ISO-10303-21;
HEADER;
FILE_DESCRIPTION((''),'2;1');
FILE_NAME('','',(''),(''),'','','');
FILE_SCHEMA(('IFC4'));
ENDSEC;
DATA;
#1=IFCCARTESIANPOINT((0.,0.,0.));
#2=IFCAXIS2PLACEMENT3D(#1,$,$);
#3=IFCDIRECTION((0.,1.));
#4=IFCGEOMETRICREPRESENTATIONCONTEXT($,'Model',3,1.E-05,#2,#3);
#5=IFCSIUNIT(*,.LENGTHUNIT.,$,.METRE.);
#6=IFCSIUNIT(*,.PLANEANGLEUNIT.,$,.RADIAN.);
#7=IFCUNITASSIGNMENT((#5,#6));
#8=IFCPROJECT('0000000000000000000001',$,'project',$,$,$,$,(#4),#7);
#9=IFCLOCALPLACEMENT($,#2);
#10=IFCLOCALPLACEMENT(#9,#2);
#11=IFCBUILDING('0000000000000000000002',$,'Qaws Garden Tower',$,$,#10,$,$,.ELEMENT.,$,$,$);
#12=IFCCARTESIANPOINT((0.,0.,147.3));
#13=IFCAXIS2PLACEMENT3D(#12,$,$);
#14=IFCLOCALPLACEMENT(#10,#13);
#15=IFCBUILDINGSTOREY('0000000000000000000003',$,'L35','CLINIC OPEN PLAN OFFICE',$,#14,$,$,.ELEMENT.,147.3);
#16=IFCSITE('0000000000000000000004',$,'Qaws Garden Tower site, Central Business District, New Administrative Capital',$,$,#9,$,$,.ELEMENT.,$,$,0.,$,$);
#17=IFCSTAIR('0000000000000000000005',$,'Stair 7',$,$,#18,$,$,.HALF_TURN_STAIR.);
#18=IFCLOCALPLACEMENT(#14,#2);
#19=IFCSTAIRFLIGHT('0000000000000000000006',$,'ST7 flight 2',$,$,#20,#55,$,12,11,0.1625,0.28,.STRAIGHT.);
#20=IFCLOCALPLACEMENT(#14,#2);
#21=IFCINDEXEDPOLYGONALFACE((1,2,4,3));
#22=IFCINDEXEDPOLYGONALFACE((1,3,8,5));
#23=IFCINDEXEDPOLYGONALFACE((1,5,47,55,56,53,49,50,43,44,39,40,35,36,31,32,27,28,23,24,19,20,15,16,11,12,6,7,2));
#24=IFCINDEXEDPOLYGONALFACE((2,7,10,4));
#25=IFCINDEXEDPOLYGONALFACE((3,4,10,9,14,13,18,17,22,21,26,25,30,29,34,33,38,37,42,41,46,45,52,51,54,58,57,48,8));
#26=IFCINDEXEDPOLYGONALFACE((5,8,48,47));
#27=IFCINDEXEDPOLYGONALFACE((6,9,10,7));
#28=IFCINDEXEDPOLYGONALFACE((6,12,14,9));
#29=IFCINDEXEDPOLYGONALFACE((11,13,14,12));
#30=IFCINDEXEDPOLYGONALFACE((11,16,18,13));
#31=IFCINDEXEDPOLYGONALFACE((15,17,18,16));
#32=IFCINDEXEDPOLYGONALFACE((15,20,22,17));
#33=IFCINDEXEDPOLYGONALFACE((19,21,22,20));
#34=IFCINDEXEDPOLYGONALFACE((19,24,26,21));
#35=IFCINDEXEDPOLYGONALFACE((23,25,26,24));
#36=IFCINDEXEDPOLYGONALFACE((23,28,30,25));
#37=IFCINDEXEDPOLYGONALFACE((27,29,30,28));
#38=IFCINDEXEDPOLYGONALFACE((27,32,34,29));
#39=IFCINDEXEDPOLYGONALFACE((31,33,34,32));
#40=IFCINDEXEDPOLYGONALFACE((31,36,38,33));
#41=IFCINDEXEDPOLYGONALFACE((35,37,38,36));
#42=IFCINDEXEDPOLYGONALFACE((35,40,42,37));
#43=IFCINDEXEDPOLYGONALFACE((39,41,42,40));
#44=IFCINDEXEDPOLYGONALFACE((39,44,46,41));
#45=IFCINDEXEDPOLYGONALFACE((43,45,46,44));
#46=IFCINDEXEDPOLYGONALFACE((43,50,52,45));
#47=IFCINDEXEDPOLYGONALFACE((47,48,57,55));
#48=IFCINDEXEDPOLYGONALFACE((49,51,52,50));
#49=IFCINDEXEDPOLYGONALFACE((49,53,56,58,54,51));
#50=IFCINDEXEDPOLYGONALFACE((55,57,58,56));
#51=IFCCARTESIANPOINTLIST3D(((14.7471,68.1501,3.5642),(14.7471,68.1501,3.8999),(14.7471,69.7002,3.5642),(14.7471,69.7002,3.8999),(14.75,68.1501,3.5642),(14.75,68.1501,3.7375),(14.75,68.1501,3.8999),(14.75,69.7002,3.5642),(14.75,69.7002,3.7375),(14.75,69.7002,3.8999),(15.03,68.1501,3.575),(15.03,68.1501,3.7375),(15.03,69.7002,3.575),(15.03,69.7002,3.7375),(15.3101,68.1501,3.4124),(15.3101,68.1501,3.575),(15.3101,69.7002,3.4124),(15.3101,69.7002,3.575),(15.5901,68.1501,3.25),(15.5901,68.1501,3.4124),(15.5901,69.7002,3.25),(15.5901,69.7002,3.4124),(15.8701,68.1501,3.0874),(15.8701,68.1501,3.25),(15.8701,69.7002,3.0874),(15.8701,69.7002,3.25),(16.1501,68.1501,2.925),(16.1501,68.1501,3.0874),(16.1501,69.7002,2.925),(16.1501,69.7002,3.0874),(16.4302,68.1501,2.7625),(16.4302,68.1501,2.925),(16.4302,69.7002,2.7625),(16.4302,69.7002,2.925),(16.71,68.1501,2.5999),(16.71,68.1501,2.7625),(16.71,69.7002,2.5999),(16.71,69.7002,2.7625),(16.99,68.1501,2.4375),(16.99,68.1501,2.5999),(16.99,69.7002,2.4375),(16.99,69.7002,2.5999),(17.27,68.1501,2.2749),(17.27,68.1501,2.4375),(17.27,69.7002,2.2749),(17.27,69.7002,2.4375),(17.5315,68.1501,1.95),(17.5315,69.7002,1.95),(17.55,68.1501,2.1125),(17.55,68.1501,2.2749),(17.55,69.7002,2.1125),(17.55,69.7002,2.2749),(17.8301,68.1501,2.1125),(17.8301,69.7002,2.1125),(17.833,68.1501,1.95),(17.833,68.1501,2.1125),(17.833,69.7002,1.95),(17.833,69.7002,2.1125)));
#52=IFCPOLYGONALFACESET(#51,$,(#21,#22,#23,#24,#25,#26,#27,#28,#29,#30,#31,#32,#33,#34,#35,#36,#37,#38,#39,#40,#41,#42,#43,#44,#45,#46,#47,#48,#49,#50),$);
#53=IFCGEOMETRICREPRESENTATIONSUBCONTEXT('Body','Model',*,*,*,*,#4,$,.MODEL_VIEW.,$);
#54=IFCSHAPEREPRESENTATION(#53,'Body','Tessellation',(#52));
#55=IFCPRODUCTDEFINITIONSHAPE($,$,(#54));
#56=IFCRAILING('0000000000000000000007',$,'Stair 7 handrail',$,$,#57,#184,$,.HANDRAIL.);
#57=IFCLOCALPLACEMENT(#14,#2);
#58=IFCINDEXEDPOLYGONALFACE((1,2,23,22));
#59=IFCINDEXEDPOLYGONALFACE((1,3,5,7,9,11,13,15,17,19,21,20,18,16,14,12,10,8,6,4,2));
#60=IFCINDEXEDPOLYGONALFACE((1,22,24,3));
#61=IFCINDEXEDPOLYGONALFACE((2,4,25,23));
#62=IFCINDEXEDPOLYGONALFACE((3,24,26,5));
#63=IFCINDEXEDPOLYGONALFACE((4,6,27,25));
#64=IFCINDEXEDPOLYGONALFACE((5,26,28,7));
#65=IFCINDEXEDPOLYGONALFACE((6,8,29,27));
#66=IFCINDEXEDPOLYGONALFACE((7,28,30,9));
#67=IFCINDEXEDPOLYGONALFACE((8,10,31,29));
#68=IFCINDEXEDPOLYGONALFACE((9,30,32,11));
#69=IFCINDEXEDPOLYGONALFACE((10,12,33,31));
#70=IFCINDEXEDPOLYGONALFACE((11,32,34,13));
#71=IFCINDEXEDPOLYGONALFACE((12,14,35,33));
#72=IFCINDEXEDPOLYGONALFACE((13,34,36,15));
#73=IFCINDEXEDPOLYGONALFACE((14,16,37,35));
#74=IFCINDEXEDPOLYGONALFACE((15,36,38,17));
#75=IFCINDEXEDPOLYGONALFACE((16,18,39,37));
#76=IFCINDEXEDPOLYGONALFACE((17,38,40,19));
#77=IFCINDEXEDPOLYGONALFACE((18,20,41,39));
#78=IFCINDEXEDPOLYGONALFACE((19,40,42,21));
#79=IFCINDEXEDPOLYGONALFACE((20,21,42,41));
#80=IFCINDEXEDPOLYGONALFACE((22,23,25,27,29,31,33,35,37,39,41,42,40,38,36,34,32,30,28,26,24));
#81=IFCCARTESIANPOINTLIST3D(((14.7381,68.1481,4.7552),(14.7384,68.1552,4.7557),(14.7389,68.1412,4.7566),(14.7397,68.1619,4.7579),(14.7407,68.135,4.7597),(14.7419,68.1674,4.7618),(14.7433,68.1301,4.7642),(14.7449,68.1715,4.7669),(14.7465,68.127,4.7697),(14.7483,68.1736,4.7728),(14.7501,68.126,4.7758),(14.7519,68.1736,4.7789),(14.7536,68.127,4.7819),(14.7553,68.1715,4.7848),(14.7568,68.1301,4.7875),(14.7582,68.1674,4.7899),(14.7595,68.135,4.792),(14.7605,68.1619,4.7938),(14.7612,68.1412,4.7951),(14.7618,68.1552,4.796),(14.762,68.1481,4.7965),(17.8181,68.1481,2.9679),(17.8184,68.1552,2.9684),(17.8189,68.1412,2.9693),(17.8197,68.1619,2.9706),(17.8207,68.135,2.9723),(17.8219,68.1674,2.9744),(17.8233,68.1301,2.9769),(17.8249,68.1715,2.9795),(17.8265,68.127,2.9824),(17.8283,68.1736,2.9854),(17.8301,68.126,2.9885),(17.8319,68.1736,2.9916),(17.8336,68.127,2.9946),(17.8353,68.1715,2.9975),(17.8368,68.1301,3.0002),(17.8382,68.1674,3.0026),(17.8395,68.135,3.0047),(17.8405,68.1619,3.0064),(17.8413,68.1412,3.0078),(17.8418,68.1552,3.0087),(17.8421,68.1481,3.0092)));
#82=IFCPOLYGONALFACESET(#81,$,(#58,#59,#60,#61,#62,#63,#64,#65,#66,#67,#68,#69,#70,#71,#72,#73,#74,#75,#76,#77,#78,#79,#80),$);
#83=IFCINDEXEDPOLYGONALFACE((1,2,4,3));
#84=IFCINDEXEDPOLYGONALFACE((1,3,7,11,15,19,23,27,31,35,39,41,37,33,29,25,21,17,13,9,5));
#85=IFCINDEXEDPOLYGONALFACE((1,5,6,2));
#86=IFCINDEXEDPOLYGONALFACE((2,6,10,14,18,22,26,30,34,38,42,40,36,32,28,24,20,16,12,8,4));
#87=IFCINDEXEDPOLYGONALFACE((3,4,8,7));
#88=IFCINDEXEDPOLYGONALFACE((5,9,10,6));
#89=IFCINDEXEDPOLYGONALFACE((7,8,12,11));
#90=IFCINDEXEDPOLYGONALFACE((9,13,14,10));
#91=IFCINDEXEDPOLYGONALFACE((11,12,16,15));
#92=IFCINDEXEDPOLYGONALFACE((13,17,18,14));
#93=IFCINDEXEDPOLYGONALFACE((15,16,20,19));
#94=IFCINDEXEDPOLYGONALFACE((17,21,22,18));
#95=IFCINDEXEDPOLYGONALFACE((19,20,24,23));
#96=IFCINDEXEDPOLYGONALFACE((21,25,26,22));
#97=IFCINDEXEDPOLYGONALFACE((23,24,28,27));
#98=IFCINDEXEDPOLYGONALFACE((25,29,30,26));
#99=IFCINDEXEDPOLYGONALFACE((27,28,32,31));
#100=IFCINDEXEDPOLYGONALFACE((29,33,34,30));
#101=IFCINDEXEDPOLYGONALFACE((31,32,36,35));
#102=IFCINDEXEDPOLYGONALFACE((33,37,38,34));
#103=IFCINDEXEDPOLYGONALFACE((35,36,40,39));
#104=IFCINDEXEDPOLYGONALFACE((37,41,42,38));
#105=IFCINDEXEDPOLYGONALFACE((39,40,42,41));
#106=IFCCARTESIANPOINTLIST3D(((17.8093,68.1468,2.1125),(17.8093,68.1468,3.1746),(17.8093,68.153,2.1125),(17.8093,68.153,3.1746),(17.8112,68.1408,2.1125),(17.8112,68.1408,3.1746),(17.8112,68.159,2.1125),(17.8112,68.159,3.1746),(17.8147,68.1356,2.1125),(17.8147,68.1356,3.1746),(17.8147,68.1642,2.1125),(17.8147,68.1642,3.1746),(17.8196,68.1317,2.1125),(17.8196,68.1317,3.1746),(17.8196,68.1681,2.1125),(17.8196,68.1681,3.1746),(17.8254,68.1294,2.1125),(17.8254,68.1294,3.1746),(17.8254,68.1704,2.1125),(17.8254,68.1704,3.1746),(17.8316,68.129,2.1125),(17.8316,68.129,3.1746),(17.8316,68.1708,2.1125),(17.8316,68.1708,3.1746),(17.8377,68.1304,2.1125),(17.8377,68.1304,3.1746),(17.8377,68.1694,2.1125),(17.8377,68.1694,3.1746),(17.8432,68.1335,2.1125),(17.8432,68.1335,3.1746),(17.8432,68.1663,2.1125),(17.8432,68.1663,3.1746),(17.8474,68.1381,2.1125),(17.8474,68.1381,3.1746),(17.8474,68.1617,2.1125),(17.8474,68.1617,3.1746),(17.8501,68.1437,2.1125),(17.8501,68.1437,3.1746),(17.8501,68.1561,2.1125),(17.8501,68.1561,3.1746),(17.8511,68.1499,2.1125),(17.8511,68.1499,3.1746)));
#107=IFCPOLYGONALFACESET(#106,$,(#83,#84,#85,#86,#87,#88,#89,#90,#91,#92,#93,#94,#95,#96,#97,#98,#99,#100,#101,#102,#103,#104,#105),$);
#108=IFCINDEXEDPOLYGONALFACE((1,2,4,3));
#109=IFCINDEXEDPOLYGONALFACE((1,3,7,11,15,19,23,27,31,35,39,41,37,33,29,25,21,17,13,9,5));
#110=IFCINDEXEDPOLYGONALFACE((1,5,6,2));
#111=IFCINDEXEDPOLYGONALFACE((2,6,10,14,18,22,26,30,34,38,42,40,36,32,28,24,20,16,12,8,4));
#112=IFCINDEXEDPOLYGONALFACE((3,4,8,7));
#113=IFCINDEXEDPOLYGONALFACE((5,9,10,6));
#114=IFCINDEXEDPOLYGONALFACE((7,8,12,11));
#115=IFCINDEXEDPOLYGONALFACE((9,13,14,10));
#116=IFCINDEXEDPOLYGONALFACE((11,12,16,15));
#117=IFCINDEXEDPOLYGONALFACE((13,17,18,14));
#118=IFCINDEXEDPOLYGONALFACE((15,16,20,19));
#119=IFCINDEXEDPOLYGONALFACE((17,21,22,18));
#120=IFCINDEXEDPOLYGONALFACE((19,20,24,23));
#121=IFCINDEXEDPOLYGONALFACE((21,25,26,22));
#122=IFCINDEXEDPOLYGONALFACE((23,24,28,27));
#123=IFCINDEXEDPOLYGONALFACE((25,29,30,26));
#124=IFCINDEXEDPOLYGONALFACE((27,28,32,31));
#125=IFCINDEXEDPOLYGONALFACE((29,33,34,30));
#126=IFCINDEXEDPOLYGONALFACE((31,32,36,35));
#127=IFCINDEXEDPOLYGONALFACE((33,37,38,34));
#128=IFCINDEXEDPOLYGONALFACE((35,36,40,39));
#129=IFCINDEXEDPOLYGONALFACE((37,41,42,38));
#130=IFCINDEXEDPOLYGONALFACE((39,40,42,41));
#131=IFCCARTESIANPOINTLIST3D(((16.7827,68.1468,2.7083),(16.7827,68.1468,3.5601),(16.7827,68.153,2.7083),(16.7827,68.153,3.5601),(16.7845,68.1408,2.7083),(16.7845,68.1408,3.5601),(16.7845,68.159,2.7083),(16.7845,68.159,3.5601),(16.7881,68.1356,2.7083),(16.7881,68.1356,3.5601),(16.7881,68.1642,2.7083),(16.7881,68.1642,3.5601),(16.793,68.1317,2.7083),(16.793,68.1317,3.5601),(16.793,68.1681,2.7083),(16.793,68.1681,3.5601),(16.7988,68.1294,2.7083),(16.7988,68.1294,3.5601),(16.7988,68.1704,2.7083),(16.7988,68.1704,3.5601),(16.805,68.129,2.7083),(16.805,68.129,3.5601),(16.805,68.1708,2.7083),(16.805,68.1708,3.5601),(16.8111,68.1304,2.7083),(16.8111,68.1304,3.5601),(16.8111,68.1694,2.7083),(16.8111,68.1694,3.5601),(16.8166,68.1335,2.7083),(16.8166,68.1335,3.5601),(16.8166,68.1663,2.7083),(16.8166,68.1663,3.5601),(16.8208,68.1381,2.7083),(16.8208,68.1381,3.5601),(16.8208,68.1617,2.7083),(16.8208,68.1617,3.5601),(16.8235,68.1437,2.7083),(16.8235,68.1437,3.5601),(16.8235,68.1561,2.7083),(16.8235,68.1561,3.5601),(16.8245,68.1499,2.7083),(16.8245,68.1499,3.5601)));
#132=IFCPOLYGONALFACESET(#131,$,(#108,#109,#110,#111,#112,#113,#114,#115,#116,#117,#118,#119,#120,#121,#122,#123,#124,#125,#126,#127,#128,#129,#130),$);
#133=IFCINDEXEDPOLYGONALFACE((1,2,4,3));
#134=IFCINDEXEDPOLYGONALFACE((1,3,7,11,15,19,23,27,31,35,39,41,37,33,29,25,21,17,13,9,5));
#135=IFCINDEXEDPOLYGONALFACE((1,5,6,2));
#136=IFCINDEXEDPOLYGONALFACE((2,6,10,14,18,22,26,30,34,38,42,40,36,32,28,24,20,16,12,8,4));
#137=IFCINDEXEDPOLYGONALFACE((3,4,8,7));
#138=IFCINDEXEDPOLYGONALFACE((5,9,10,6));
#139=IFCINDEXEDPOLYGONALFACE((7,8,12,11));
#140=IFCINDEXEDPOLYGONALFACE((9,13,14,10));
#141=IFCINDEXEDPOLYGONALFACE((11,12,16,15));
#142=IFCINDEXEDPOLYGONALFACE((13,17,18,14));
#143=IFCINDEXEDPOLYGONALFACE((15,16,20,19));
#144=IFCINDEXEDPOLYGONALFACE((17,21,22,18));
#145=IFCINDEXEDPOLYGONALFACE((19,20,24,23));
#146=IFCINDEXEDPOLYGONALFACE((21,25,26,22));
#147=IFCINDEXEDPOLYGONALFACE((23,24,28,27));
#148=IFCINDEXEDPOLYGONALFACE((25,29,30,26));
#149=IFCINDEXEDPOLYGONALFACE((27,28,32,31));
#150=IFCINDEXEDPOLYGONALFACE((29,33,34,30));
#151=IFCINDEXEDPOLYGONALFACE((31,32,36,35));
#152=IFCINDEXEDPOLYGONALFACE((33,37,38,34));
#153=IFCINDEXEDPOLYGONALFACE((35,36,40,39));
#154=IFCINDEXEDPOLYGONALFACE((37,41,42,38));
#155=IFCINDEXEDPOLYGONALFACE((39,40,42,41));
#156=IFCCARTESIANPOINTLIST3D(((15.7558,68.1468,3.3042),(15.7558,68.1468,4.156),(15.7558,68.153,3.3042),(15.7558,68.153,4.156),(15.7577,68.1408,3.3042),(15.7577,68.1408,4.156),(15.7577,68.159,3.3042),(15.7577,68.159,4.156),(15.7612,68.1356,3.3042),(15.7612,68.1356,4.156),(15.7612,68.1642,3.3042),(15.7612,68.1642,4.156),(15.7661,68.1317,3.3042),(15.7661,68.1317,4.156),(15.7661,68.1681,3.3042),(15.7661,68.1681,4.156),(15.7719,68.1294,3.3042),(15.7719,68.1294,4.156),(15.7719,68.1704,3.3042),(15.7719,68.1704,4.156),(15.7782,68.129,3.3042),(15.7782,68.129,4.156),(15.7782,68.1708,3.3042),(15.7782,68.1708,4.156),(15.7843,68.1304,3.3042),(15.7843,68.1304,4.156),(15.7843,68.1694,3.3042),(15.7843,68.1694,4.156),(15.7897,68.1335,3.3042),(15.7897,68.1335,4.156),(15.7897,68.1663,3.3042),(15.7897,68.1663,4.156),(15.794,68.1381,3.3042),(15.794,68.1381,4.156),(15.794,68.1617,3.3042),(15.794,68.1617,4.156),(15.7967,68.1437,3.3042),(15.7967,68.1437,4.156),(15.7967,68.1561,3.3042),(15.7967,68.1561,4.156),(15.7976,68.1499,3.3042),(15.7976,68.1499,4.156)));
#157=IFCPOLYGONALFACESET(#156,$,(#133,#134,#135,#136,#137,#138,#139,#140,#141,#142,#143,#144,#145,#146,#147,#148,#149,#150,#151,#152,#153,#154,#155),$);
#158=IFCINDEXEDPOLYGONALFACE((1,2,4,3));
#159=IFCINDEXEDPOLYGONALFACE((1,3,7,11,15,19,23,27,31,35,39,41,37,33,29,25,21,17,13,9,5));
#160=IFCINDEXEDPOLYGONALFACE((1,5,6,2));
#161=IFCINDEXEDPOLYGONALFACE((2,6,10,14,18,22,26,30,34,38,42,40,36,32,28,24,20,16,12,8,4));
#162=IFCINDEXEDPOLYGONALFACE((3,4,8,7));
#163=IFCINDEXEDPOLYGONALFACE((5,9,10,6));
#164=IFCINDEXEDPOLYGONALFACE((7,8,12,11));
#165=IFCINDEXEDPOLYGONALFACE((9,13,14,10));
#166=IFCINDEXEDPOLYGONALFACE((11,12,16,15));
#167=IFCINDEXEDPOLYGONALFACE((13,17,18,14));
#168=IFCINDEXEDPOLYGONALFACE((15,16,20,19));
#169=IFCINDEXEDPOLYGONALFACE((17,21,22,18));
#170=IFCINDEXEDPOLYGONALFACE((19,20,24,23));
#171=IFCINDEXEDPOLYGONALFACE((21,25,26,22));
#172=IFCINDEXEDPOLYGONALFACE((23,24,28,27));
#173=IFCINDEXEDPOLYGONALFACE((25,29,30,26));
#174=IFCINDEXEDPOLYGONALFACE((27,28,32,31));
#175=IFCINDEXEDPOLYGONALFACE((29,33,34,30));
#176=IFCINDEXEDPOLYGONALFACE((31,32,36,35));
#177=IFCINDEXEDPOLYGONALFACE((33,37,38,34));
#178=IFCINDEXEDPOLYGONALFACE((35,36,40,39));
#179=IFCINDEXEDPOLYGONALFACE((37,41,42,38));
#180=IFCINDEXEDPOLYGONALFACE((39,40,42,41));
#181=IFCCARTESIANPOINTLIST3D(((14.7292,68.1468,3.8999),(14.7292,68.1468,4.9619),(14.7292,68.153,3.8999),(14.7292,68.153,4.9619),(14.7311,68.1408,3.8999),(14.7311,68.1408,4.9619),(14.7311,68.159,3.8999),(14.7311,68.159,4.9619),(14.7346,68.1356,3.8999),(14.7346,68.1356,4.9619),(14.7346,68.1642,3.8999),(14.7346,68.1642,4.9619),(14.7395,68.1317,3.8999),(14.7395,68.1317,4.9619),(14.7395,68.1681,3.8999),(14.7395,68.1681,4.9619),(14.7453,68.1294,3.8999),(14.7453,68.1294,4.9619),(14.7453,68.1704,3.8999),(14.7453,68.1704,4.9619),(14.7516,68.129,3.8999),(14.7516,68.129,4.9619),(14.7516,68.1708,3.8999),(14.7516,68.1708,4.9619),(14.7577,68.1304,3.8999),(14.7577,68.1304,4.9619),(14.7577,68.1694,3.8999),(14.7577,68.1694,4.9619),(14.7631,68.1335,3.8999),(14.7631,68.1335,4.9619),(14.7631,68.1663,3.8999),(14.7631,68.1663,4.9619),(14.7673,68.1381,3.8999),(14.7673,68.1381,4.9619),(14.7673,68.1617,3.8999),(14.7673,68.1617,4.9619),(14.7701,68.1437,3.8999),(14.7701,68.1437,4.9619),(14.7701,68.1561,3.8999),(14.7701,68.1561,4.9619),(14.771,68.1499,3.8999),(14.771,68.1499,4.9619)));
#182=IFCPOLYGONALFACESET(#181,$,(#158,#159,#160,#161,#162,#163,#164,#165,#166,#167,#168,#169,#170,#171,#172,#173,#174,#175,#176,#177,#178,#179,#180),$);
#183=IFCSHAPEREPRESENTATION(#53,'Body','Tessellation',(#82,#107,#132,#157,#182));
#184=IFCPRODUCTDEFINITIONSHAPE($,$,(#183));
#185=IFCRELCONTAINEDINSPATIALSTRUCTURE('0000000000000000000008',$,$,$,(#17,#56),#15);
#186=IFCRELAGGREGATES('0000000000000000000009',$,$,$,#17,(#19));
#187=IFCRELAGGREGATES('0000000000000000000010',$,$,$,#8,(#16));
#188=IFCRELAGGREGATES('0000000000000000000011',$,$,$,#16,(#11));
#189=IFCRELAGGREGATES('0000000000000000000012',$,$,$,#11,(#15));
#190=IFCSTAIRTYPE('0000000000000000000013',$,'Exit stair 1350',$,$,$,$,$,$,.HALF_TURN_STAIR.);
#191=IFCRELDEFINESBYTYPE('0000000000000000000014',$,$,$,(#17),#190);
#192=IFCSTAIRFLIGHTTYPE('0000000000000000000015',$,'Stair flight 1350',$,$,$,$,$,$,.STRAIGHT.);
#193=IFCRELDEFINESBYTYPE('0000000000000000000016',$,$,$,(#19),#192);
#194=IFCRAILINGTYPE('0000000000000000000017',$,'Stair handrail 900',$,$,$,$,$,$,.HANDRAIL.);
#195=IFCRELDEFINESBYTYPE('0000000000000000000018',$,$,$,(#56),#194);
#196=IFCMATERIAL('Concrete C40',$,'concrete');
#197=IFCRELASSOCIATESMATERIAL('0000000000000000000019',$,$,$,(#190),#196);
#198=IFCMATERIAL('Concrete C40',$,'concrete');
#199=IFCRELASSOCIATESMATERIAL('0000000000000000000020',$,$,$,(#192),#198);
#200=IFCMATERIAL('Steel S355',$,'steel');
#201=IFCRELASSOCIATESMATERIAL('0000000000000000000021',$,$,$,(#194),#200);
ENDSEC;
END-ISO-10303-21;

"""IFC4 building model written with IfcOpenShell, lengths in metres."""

from ifc_helpers import new_model, si_unit, direction, frame, origin, origin_2d, place, context, subcontext, project, spatial, polyline, circle, outline, extrude, material, type_object, element, aggregate, save


model = new_model("IFC4")

# Units and contexts
model_context = context("Model", 3, precision=1e-05, world=origin(), true_north=direction((0.0, 1.0)))
body_context = subcontext(model_context, "Body", "Model", "MODEL_VIEW")
ifc_project = project(units=[si_unit("LENGTHUNIT", "METRE"), si_unit("PLANEANGLEUNIT", "RADIAN")], contexts=[model_context])

# Site, building, storey
site_placement = place(None, origin())
site = spatial("IfcSite", under=ifc_project, at=site_placement, Name="Qaws Garden Tower site, Central Business District, New Administrative Capital", CompositionType="ELEMENT", RefElevation=0.0)
building_placement = place(site_placement, origin())
building = spatial("IfcBuilding", under=site, at=building_placement, Name="Qaws Garden Tower", CompositionType="ELEMENT")
storey_placement = place(building_placement, frame((0.0, 0.0, 147.3)))
storey = spatial("IfcBuildingStorey", under=building, at=storey_placement, Name="L35", Description="CLINIC OPEN PLAN OFFICE", CompositionType="ELEMENT", Elevation=147.3)

# Stair, stair flight
ifc_material_1 = material(Name="Concrete C40", Category="concrete")
stair_type = type_object("IfcStairType", Name="Exit stair 1350", PredefinedType="HALF_TURN_STAIR", material=ifc_material_1)
stair_placement = place(storey_placement, origin())
stair = element("IfcStair", 1, at=stair_placement, inside=storey, type_object=stair_type, Name="Stair 7", PredefinedType="HALF_TURN_STAIR")
ifc_material_2 = material(Name="Concrete C40", Category="concrete")
stair_flight_type = type_object("IfcStairFlightType", Name="Stair flight 1350", PredefinedType="STRAIGHT", material=ifc_material_2)
stair_flight_placement = place(storey_placement, frame((17.8301, 68.925, 1.95), z_axis=(0.0, 0.0, 1.0), x_axis=(-1.0, 0.0, 0.0)))
stair_flight = element("IfcStairFlight", 2, at=stair_flight_placement, type_object=stair_flight_type, Name="ST7 flight 2", NumberOfRisers=12, NumberOfTreads=11, PredefinedType="STRAIGHT", RiserHeight=0.1625, TreadLength=0.28, context=body_context, shape_type="SweptSolid", body=[
    extrude(outline(polyline([(-0.0029, 0.0), (-0.0029, 0.1626), (0.0, 0.1626), (0.28, 0.1626), (0.28, 0.325), (0.5601, 0.325), (0.5601, 0.4875), (0.8401, 0.4875), (0.8401, 0.6499), (1.1201, 0.6499), (1.1201, 0.8125), (1.3999, 0.8125), (1.3999, 0.9751), (1.6799, 0.9751), (1.6799, 1.1375), (1.96, 1.1375), (1.96, 1.3), (2.24, 1.3), (2.24, 1.4624), (2.52, 1.4624), (2.52, 1.625), (2.8, 1.625), (2.8, 1.7876), (3.0801, 1.7876), (3.0801, 1.95), (3.083, 1.95), (3.083, 1.6143), (3.0801, 1.6143), (0.2986, 0.0), (-0.0029, 0.0)])), frame((0.0, 0.7749, 0.0), z_axis=(0.0, -1.0, 0.0), x_axis=(1.0, 0.0, 0.0)), (0.0, 0.0, 1.0), 1.55),
])
aggregate(stair, [stair_flight])

# Railing
ifc_material_3 = material(Name="Steel S355", Category="steel")
railing_type = type_object("IfcRailingType", Name="Stair handrail 900", PredefinedType="HANDRAIL", material=ifc_material_3)
railing_placement = place(storey_placement, frame((17.8301, 68.1499, 2.1125)))
element("IfcRailing", 3, at=railing_placement, inside=storey, type_object=railing_type, Name="Stair 7 handrail", PredefinedType="HANDRAIL", context=body_context, shape_type="SweptSolid", body=[
    extrude(circle(Radius=0.0239, at=origin_2d()), frame((0.0, 0.0, 0.876), z_axis=(-0.86492, 0.0, 0.501909), x_axis=(0.0, -1.0, 0.0)), (0.0, 0.0, 1.0), 3.561),
    extrude(circle(Radius=0.021, at=origin_2d()), origin(), (0.0, 0.0, 1.0), 1.062),
    extrude(circle(Radius=0.021, at=origin_2d()), frame((-1.0266, 0.0, 0.5957)), (0.0, 0.0, 1.0), 0.8518),
    extrude(circle(Radius=0.021, at=origin_2d()), frame((-2.0535, 0.0, 1.1917)), (0.0, 0.0, 1.0), 0.8518),
    extrude(circle(Radius=0.021, at=origin_2d()), frame((-3.0801, 0.0, 1.7874)), (0.0, 0.0, 1.0), 1.062),
])

save(model, "model.ifc")
